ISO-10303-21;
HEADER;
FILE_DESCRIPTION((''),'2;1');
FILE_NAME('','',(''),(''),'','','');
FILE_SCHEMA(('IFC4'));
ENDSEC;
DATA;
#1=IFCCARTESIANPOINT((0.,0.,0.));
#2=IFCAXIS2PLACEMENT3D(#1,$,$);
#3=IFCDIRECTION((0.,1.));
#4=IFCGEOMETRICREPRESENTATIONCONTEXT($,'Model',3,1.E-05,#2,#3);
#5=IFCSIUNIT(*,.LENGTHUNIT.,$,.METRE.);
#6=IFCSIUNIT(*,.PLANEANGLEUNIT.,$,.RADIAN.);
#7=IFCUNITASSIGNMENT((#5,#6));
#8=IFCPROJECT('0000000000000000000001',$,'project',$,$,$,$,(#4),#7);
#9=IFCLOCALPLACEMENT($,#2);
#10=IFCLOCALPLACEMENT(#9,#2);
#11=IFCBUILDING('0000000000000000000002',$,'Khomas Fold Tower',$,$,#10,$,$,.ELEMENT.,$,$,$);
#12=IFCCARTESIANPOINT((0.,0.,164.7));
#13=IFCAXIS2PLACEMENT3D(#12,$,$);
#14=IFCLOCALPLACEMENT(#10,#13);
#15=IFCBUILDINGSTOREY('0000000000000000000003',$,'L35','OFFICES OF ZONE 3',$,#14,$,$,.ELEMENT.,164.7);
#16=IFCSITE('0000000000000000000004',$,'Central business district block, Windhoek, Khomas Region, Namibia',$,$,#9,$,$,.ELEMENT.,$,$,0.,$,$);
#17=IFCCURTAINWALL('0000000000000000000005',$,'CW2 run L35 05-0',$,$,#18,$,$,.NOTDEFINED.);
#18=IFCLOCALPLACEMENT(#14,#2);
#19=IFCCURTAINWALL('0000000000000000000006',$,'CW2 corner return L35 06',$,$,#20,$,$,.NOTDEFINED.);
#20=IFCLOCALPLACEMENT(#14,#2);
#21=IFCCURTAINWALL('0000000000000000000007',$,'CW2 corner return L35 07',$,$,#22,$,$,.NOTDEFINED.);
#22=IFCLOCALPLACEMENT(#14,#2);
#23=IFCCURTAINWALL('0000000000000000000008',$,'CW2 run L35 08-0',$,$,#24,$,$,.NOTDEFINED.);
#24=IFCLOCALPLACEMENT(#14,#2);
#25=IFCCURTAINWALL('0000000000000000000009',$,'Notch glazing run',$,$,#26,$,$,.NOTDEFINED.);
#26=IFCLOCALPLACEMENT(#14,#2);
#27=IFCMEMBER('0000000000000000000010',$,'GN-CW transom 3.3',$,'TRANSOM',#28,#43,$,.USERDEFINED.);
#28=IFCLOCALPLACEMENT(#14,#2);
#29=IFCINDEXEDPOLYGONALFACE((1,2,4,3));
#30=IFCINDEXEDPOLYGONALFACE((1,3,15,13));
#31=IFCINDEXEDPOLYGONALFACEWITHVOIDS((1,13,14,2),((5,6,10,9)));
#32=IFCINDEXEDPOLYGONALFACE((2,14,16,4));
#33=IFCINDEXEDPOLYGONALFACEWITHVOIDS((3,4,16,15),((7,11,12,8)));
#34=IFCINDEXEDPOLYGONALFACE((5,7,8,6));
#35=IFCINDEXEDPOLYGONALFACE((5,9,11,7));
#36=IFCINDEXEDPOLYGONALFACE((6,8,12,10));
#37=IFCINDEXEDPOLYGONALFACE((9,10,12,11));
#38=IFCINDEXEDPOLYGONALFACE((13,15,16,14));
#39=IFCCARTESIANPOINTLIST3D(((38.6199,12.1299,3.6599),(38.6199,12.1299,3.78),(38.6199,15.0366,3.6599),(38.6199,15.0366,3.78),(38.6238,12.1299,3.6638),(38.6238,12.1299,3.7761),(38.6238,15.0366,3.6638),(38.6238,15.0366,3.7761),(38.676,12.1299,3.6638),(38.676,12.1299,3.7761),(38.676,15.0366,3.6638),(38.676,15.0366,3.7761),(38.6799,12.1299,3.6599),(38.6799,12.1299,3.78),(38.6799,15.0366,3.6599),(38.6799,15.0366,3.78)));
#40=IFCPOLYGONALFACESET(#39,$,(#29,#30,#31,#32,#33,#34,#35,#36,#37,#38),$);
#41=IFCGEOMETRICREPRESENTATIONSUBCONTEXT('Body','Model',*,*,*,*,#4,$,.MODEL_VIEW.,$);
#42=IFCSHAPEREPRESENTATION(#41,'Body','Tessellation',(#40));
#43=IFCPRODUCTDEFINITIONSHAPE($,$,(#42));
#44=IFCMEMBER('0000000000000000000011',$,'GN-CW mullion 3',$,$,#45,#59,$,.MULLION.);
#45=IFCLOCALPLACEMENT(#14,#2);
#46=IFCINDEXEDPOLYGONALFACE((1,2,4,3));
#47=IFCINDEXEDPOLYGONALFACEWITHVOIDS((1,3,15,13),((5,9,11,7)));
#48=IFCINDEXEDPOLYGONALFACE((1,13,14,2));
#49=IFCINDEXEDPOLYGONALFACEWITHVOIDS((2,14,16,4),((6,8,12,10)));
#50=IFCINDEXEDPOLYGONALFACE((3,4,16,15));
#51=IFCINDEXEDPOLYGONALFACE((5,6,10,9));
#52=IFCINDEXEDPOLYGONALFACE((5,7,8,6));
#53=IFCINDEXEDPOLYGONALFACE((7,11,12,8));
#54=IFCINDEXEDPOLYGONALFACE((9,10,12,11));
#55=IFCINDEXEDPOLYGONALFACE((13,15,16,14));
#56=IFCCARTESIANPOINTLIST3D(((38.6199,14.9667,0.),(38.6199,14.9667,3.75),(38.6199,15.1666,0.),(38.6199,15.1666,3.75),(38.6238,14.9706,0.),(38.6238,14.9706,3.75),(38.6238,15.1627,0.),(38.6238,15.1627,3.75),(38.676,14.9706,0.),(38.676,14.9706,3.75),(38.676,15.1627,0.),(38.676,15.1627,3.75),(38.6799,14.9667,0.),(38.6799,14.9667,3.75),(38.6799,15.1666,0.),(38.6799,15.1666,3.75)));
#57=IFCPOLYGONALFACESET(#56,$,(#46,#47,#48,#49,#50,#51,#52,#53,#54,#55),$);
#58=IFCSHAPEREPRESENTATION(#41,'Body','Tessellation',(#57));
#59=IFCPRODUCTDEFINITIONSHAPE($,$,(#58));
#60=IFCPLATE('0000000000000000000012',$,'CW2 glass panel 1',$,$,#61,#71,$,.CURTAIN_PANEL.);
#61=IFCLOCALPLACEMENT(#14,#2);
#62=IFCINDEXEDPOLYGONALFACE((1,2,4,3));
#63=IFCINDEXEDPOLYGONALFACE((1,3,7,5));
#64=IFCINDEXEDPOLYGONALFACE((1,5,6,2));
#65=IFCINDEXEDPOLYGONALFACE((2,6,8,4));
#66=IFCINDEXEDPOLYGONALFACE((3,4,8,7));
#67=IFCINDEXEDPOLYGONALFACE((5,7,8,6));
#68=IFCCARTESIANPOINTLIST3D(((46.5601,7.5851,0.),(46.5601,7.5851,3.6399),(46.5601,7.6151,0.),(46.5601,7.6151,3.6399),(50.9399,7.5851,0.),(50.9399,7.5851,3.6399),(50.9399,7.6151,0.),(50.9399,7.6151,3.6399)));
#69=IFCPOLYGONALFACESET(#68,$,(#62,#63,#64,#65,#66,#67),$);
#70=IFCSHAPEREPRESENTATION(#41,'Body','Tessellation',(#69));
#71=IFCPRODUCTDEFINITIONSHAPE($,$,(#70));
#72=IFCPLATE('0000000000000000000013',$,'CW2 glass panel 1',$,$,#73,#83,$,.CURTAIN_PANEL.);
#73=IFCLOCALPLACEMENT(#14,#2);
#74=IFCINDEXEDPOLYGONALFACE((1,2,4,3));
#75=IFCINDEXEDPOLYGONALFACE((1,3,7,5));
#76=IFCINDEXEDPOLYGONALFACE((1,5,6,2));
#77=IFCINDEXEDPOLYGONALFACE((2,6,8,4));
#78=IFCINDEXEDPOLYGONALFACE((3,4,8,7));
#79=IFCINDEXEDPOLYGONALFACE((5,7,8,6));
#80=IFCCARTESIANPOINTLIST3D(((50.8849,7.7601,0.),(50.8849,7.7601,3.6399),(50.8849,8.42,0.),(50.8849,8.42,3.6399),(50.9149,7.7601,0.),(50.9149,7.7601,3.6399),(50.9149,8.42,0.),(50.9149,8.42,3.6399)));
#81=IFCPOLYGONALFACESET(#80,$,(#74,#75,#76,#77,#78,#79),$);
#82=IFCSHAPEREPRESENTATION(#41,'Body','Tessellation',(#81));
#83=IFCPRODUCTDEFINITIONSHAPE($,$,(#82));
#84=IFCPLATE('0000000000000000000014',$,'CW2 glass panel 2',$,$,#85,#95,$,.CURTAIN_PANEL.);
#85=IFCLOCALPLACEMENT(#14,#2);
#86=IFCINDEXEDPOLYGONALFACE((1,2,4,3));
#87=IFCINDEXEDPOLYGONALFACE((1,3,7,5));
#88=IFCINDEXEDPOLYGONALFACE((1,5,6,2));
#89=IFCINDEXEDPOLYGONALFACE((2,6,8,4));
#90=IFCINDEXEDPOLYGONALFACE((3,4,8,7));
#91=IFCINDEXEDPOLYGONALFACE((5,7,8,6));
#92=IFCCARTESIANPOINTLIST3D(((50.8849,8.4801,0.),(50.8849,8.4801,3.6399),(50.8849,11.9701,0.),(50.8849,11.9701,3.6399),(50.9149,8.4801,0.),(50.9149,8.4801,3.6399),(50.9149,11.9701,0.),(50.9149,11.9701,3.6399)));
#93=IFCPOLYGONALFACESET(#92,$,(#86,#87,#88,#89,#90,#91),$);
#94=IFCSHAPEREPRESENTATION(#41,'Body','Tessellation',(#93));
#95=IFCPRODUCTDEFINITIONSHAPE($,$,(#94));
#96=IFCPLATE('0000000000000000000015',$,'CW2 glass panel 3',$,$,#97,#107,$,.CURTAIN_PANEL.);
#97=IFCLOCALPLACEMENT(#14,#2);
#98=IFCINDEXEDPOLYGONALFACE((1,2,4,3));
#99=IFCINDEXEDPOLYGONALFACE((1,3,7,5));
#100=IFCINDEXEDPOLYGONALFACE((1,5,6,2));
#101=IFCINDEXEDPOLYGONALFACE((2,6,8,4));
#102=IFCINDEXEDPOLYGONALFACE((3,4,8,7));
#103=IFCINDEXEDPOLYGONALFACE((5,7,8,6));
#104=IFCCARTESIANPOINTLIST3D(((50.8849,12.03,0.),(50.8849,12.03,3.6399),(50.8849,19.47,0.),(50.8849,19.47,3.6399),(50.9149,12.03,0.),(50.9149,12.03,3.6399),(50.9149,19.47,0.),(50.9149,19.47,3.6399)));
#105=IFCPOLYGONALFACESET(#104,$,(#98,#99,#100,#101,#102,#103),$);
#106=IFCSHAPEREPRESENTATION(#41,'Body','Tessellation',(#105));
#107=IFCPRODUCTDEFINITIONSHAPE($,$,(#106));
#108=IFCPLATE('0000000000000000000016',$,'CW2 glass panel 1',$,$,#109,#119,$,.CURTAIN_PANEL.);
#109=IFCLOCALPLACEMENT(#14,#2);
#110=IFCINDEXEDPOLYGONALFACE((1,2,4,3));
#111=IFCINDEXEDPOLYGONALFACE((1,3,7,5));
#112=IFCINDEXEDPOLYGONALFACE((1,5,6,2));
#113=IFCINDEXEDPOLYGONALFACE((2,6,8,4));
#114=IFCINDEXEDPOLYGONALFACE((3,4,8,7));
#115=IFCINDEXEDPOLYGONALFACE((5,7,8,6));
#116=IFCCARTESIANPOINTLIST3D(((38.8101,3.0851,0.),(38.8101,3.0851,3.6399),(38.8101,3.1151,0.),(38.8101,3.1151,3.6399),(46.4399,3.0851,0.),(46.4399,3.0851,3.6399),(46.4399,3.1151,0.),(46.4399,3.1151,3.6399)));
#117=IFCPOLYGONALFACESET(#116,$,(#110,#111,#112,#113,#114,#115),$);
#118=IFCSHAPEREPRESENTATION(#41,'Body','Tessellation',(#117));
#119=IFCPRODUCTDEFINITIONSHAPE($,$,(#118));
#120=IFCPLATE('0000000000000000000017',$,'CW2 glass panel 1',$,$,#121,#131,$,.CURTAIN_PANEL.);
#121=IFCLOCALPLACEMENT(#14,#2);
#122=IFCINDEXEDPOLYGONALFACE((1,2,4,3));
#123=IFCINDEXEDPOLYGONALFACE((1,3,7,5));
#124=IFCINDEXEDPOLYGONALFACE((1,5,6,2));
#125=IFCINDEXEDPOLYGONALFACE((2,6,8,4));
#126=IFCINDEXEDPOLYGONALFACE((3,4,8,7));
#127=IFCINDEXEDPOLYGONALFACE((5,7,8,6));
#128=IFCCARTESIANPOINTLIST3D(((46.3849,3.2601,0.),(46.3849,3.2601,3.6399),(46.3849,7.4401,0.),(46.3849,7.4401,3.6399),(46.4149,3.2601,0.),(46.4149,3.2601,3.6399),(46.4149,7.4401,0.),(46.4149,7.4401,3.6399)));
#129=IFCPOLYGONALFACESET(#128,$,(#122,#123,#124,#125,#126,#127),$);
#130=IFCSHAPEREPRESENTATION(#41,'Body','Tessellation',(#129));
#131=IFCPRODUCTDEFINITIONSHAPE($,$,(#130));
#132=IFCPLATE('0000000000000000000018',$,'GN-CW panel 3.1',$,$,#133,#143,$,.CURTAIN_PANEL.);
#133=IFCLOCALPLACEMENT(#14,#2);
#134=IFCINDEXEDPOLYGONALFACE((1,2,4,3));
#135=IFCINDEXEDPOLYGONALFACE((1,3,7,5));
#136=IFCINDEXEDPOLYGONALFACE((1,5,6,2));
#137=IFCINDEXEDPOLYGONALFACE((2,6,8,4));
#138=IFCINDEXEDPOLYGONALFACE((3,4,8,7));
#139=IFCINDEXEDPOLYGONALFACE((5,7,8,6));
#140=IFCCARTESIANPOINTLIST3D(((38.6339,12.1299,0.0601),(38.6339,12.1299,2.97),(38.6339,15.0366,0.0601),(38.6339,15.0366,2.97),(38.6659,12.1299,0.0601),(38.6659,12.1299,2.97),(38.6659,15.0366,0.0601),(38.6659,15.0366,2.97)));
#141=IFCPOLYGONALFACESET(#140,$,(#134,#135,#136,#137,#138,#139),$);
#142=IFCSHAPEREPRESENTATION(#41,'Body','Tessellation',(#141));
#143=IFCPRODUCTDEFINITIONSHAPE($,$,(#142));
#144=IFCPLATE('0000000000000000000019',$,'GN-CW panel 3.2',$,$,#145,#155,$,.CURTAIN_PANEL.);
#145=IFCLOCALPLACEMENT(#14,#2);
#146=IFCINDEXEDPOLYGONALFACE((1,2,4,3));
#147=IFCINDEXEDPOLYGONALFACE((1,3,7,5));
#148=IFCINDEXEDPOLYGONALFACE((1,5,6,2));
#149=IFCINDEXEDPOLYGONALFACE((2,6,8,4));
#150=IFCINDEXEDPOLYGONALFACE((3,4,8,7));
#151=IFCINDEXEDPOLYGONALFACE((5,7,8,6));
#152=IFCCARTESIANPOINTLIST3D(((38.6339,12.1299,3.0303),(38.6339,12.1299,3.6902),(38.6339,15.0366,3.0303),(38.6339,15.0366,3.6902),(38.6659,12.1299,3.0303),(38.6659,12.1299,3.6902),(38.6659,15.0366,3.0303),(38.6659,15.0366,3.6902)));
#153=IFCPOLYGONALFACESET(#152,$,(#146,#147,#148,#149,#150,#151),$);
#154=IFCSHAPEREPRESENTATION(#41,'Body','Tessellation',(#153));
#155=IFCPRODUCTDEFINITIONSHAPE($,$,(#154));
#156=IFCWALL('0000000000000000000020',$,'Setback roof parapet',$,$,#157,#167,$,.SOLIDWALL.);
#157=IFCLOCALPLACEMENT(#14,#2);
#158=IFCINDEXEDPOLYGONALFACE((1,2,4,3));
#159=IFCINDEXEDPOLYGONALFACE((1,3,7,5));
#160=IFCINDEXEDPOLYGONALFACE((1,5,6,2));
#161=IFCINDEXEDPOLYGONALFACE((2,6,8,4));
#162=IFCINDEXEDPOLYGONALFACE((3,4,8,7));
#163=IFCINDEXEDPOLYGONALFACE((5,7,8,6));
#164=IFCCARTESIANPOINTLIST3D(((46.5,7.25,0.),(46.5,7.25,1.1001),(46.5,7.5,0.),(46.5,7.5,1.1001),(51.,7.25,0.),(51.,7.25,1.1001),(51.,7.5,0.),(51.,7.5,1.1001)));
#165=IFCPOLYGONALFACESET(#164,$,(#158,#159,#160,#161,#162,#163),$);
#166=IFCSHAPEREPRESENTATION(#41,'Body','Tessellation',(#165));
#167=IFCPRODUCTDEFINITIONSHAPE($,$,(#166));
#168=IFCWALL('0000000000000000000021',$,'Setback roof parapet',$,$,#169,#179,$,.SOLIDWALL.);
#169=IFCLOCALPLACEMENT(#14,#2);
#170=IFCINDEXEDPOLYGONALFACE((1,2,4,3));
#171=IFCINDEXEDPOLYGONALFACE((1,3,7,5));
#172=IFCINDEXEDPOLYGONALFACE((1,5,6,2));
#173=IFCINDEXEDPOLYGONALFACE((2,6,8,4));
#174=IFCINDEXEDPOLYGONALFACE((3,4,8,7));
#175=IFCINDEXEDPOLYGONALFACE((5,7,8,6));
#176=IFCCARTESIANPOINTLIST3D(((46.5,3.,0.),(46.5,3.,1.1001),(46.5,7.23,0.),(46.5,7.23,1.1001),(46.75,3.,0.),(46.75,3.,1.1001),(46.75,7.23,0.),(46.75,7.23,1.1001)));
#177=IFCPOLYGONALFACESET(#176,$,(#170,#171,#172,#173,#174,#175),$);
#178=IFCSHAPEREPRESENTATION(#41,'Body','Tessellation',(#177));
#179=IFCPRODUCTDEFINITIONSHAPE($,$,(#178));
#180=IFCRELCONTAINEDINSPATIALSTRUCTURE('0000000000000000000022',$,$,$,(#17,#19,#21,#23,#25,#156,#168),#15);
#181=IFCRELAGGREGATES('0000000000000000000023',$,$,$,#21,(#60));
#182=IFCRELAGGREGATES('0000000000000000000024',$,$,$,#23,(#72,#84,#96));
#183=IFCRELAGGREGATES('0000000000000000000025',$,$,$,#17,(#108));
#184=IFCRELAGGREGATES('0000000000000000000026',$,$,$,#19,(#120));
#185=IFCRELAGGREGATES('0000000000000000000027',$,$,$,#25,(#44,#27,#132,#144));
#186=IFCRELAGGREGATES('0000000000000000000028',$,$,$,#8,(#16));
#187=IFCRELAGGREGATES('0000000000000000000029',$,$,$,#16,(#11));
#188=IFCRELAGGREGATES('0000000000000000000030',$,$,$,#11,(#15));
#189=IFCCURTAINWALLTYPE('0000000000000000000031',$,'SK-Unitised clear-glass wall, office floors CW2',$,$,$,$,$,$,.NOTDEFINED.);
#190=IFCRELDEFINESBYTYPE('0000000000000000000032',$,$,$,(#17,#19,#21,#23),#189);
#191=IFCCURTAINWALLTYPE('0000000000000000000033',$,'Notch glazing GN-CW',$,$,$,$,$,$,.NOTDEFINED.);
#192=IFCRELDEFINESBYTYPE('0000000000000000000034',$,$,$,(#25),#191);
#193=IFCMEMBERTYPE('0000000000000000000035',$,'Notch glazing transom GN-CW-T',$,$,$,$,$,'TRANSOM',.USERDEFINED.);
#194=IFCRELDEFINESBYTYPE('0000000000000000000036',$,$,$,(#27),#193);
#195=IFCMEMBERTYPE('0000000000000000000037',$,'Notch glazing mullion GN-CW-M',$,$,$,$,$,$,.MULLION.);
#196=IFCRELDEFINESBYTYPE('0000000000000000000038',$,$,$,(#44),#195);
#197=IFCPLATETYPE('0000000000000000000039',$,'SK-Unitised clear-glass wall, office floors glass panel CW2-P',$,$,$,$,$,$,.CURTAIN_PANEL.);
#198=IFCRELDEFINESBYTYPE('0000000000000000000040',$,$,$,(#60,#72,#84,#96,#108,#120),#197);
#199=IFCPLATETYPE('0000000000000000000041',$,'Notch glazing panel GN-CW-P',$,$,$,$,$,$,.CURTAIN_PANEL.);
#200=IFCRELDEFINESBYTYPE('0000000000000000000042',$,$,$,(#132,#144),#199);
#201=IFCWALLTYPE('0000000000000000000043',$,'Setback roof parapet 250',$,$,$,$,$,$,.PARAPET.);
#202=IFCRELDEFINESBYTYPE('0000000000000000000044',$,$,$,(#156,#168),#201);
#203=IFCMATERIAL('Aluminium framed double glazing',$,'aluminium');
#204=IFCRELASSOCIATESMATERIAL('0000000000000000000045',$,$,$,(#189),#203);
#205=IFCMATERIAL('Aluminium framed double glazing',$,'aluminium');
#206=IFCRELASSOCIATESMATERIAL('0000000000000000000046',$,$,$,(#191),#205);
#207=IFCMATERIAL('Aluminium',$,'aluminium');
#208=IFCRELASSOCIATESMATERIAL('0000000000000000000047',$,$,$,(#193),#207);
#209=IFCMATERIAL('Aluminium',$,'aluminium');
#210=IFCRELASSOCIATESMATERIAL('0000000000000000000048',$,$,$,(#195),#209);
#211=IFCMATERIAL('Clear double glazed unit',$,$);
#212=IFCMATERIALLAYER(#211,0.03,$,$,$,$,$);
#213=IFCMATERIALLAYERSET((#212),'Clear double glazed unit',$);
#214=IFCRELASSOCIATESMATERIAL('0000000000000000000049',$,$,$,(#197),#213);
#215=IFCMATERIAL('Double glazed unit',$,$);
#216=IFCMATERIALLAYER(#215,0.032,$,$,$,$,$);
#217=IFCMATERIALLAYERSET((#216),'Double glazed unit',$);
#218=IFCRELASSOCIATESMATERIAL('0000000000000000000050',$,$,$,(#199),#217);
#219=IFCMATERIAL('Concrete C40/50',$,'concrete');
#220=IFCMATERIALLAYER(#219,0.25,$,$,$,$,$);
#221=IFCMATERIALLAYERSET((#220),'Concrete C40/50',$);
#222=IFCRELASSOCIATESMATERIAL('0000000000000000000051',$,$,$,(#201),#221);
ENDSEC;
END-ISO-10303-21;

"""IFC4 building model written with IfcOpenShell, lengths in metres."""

from ifc_helpers import new_model, si_unit, direction, frame, frame_2d, origin, origin_2d, place, context, subcontext, project, spatial, rectangle, hollow_rectangle, extrude, source, transform, mapped, material, layer, layer_set, material_profile, profile_set, type_object, element, aggregate, save


model = new_model("IFC4")

# Units and contexts
model_context = context("Model", 3, precision=1e-05, world=origin(), true_north=direction((0.0, 1.0)))
body_context = subcontext(model_context, "Body", "Model", "MODEL_VIEW")
ifc_project = project(units=[si_unit("LENGTHUNIT", "METRE"), si_unit("PLANEANGLEUNIT", "RADIAN")], contexts=[model_context])

# Site, building, storey
site_placement = place(None, origin())
site = spatial("IfcSite", under=ifc_project, at=site_placement, Name="Central business district block, Windhoek, Khomas Region, Namibia", CompositionType="ELEMENT", RefElevation=0.0)
building_placement = place(site_placement, origin())
building = spatial("IfcBuilding", under=site, at=building_placement, Name="Khomas Fold Tower", CompositionType="ELEMENT")
storey_placement = place(building_placement, frame((0.0, 0.0, 164.7)))
storey = spatial("IfcBuildingStorey", under=building, at=storey_placement, Name="L35", Description="OFFICES OF ZONE 3", CompositionType="ELEMENT", Elevation=164.7)

# Curtain walls
ifc_material_1 = material(Name="Aluminium framed double glazing", Category="aluminium")
curtain_wall_type_1 = type_object("IfcCurtainWallType", Name="SK-Unitised clear-glass wall, office floors CW2", PredefinedType="NOTDEFINED", material=ifc_material_1)
curtain_wall_1_placement = place(storey_placement, origin())
curtain_wall_1 = element("IfcCurtainWall", 1, at=curtain_wall_1_placement, inside=storey, type_object=curtain_wall_type_1, Name="CW2 run L35 05-0", PredefinedType="NOTDEFINED")
curtain_wall_2_placement = place(storey_placement, origin())
curtain_wall_2 = element("IfcCurtainWall", 2, at=curtain_wall_2_placement, inside=storey, type_object=curtain_wall_type_1, Name="CW2 corner return L35 06", PredefinedType="NOTDEFINED")
curtain_wall_3_placement = place(storey_placement, origin())
curtain_wall_3 = element("IfcCurtainWall", 3, at=curtain_wall_3_placement, inside=storey, type_object=curtain_wall_type_1, Name="CW2 corner return L35 07", PredefinedType="NOTDEFINED")
curtain_wall_4_placement = place(storey_placement, origin())
curtain_wall_4 = element("IfcCurtainWall", 4, at=curtain_wall_4_placement, inside=storey, type_object=curtain_wall_type_1, Name="CW2 run L35 08-0", PredefinedType="NOTDEFINED")

# Curtain wall, members
ifc_material_2 = material(Name="Aluminium framed double glazing", Category="aluminium")
curtain_wall_type_2 = type_object("IfcCurtainWallType", Name="Notch glazing GN-CW", PredefinedType="NOTDEFINED", material=ifc_material_2)
curtain_wall_5_placement = place(storey_placement, origin())
curtain_wall_5 = element("IfcCurtainWall", 5, at=curtain_wall_5_placement, inside=storey, type_object=curtain_wall_type_2, Name="Notch glazing run", PredefinedType="NOTDEFINED")
ifc_material_3 = material(Name="Aluminium", Category="aluminium")
ifc_material_profile_1 = material_profile(ifc_material_3, hollow_rectangle(XDim=0.0601, YDim=0.1201, WallThickness=0.0039, at=origin_2d()), Name="Notch glazing transom GN-CW-T")
ifc_profile_set_1 = profile_set([ifc_material_profile_1], Name="Aluminium")
member_type_1 = type_object("IfcMemberType", Name="Notch glazing transom GN-CW-T", ElementType="TRANSOM", PredefinedType="USERDEFINED", material=ifc_profile_set_1)
shared_shape_1 = source(origin(), body_context, "Body", "SweptSolid", [
    extrude(hollow_rectangle(XDim=0.0601, YDim=0.1201, WallThickness=0.0039, at=origin_2d()), origin(), (0.0, 0.0, 1.0), 2.9067),
])
member_1_placement = place(storey_placement, frame((38.6499, 15.0366, 3.72), z_axis=(0.0, -1.0, 0.0), x_axis=(1.0, 0.0, 0.0)))
member_1 = element("IfcMember", 6, at=member_1_placement, type_object=member_type_1, Name="GN-CW transom 3.3", ObjectType="TRANSOM", PredefinedType="USERDEFINED", context=body_context, shape_type="MappedRepresentation", body=[
    mapped(shared_shape_1, transform((0.0, 0.0, 0.0))),
])
ifc_material_4 = material(Name="Aluminium", Category="aluminium")
ifc_material_profile_2 = material_profile(ifc_material_4, hollow_rectangle(XDim=0.0601, YDim=0.2, WallThickness=0.0039, at=origin_2d()), Name="Notch glazing mullion GN-CW-M")
ifc_profile_set_2 = profile_set([ifc_material_profile_2], Name="Aluminium")
member_type_2 = type_object("IfcMemberType", Name="Notch glazing mullion GN-CW-M", PredefinedType="MULLION", material=ifc_profile_set_2)
shared_shape_2 = source(origin(), body_context, "Body", "SweptSolid", [
    extrude(hollow_rectangle(XDim=0.0601, YDim=0.2, WallThickness=0.0039, at=origin_2d()), origin(), (0.0, 0.0, 1.0), 3.75),
])
member_2_placement = place(storey_placement, frame((38.6499, 15.0667, 0.0), z_axis=(0.0, 0.0, 1.0), x_axis=(1.0, 0.0, 0.0)))
member_2 = element("IfcMember", 7, at=member_2_placement, type_object=member_type_2, Name="GN-CW mullion 3", PredefinedType="MULLION", context=body_context, shape_type="MappedRepresentation", body=[
    mapped(shared_shape_2, transform((0.0, 0.0, 0.0))),
])

# Plates
ifc_material_5 = material(Name="Clear double glazed unit")
ifc_layer_1 = layer(ifc_material_5, 0.03)
ifc_layer_set_1 = layer_set([ifc_layer_1], Name="Clear double glazed unit")
plate_type_1 = type_object("IfcPlateType", Name="SK-Unitised clear-glass wall, office floors glass panel CW2-P", PredefinedType="CURTAIN_PANEL", material=ifc_layer_set_1)
shared_shape_3 = source(origin(), body_context, "Body", "SweptSolid", [
    extrude(rectangle(XDim=4.3799, YDim=0.03, at=origin_2d()), origin(), (0.0, 0.0, 1.0), 3.6399),
])
plate_1_placement = place(storey_placement, frame((48.75, 7.6001, 0.0), z_axis=(0.0, 0.0, 1.0), x_axis=(1.0, 0.0, 0.0)))
plate_1 = element("IfcPlate", 8, at=plate_1_placement, type_object=plate_type_1, Name="CW2 glass panel 1", PredefinedType="CURTAIN_PANEL", context=body_context, shape_type="MappedRepresentation", body=[
    mapped(shared_shape_3, transform((0.0, 0.0, 0.0))),
])
aggregate(curtain_wall_3, [plate_1])
shared_shape_4 = source(origin(), body_context, "Body", "SweptSolid", [
    extrude(rectangle(XDim=0.6599, YDim=0.03, at=origin_2d()), origin(), (0.0, 0.0, 1.0), 3.6399),
])
plate_2_placement = place(storey_placement, frame((50.8999, 8.0901, 0.0), z_axis=(0.0, 0.0, 1.0), x_axis=(0.0, 1.0, 0.0)))
plate_2 = element("IfcPlate", 9, at=plate_2_placement, type_object=plate_type_1, Name="CW2 glass panel 1", PredefinedType="CURTAIN_PANEL", context=body_context, shape_type="MappedRepresentation", body=[
    mapped(shared_shape_4, transform((0.0, 0.0, 0.0))),
])
shared_shape_5 = source(origin(), body_context, "Body", "SweptSolid", [
    extrude(rectangle(XDim=3.49, YDim=0.03, at=origin_2d()), origin(), (0.0, 0.0, 1.0), 3.6399),
])
plate_3_placement = place(storey_placement, frame((50.8999, 10.2251, 0.0), z_axis=(0.0, 0.0, 1.0), x_axis=(0.0, 1.0, 0.0)))
plate_3 = element("IfcPlate", 10, at=plate_3_placement, type_object=plate_type_1, Name="CW2 glass panel 2", PredefinedType="CURTAIN_PANEL", context=body_context, shape_type="MappedRepresentation", body=[
    mapped(shared_shape_5, transform((0.0, 0.0, 0.0))),
])
shared_shape_6 = source(origin(), body_context, "Body", "SweptSolid", [
    extrude(rectangle(XDim=7.4399, YDim=0.03, at=origin_2d()), origin(), (0.0, 0.0, 1.0), 3.6399),
])
plate_4_placement = place(storey_placement, frame((50.8999, 15.75, 0.0), z_axis=(0.0, 0.0, 1.0), x_axis=(0.0, 1.0, 0.0)))
plate_4 = element("IfcPlate", 11, at=plate_4_placement, type_object=plate_type_1, Name="CW2 glass panel 3", PredefinedType="CURTAIN_PANEL", context=body_context, shape_type="MappedRepresentation", body=[
    mapped(shared_shape_6, transform((0.0, 0.0, 0.0))),
])
aggregate(curtain_wall_4, [plate_2, plate_3, plate_4])
shared_shape_7 = source(origin(), body_context, "Body", "SweptSolid", [
    extrude(rectangle(XDim=7.6299, YDim=0.03, at=origin_2d()), origin(), (0.0, 0.0, 1.0), 3.6399),
])
plate_5_placement = place(storey_placement, frame((42.625, 3.1001, 0.0), z_axis=(0.0, 0.0, 1.0), x_axis=(1.0, 0.0, 0.0)))
plate_5 = element("IfcPlate", 12, at=plate_5_placement, type_object=plate_type_1, Name="CW2 glass panel 1", PredefinedType="CURTAIN_PANEL", context=body_context, shape_type="MappedRepresentation", body=[
    mapped(shared_shape_7, transform((0.0, 0.0, 0.0))),
])
aggregate(curtain_wall_1, [plate_5])
shared_shape_8 = source(origin(), body_context, "Body", "SweptSolid", [
    extrude(rectangle(XDim=4.1799, YDim=0.03, at=origin_2d()), origin(), (0.0, 0.0, 1.0), 3.6399),
])
plate_6_placement = place(storey_placement, frame((46.3999, 5.3501, 0.0), z_axis=(0.0, 0.0, 1.0), x_axis=(0.0, 1.0, 0.0)))
plate_6 = element("IfcPlate", 13, at=plate_6_placement, type_object=plate_type_1, Name="CW2 glass panel 1", PredefinedType="CURTAIN_PANEL", context=body_context, shape_type="MappedRepresentation", body=[
    mapped(shared_shape_8, transform((0.0, 0.0, 0.0))),
])
aggregate(curtain_wall_2, [plate_6])
ifc_material_6 = material(Name="Double glazed unit")
ifc_layer_2 = layer(ifc_material_6, 0.032)
ifc_layer_set_2 = layer_set([ifc_layer_2], Name="Double glazed unit")
plate_type_2 = type_object("IfcPlateType", Name="Notch glazing panel GN-CW-P", PredefinedType="CURTAIN_PANEL", material=ifc_layer_set_2)
shared_shape_9 = source(origin(), body_context, "Body", "SweptSolid", [
    extrude(rectangle(XDim=2.9067, YDim=0.032, at=origin_2d()), origin(), (0.0, 0.0, 1.0), 2.9099),
])
plate_7_placement = place(storey_placement, frame((38.6499, 13.5833, 0.0601), z_axis=(0.0, 0.0, 1.0), x_axis=(0.0, -1.0, 0.0)))
plate_7 = element("IfcPlate", 14, at=plate_7_placement, type_object=plate_type_2, Name="GN-CW panel 3.1", PredefinedType="CURTAIN_PANEL", context=body_context, shape_type="MappedRepresentation", body=[
    mapped(shared_shape_9, transform((0.0, 0.0, 0.0))),
])
shared_shape_10 = source(origin(), body_context, "Body", "SweptSolid", [
    extrude(rectangle(XDim=2.9067, YDim=0.032, at=origin_2d()), origin(), (0.0, 0.0, 1.0), 0.6599),
])
plate_8_placement = place(storey_placement, frame((38.6499, 13.5833, 3.0303), z_axis=(0.0, 0.0, 1.0), x_axis=(0.0, -1.0, 0.0)))
plate_8 = element("IfcPlate", 15, at=plate_8_placement, type_object=plate_type_2, Name="GN-CW panel 3.2", PredefinedType="CURTAIN_PANEL", context=body_context, shape_type="MappedRepresentation", body=[
    mapped(shared_shape_10, transform((0.0, 0.0, 0.0))),
])
aggregate(curtain_wall_5, [member_2, member_1, plate_7, plate_8])

# Walls
ifc_material_7 = material(Name="Concrete C40/50", Category="concrete")
ifc_layer_3 = layer(ifc_material_7, 0.25)
ifc_layer_set_3 = layer_set([ifc_layer_3], Name="Concrete C40/50")
wall_type = type_object("IfcWallType", Name="Setback roof parapet 250", PredefinedType="PARAPET", material=ifc_layer_set_3)
shared_shape_11 = source(origin(), body_context, "Body", "SweptSolid", [
    extrude(rectangle(XDim=4.5, YDim=0.25, at=frame_2d((2.25, 0.0))), origin(), (0.0, 0.0, 1.0), 1.1001),
])
wall_1_placement = place(storey_placement, frame((51.0, 7.375, 0.0), z_axis=(0.0, 0.0, 1.0), x_axis=(-1.0, 0.0, 0.0)))
element("IfcWall", 16, at=wall_1_placement, inside=storey, type_object=wall_type, Name="Setback roof parapet", PredefinedType="SOLIDWALL", context=body_context, shape_type="MappedRepresentation", body=[
    mapped(shared_shape_11, transform((0.0, 0.0, 0.0))),
])
shared_shape_12 = source(origin(), body_context, "Body", "SweptSolid", [
    extrude(rectangle(XDim=4.23, YDim=0.25, at=frame_2d((2.115, 0.0))), origin(), (0.0, 0.0, 1.0), 1.1001),
])
wall_2_placement = place(storey_placement, frame((46.625, 7.23, 0.0), z_axis=(0.0, 0.0, 1.0), x_axis=(0.0, -1.0, 0.0)))
element("IfcWall", 17, at=wall_2_placement, inside=storey, type_object=wall_type, Name="Setback roof parapet", PredefinedType="SOLIDWALL", context=body_context, shape_type="MappedRepresentation", body=[
    mapped(shared_shape_12, transform((0.0, 0.0, 0.0))),
])

save(model, "model.ifc")
